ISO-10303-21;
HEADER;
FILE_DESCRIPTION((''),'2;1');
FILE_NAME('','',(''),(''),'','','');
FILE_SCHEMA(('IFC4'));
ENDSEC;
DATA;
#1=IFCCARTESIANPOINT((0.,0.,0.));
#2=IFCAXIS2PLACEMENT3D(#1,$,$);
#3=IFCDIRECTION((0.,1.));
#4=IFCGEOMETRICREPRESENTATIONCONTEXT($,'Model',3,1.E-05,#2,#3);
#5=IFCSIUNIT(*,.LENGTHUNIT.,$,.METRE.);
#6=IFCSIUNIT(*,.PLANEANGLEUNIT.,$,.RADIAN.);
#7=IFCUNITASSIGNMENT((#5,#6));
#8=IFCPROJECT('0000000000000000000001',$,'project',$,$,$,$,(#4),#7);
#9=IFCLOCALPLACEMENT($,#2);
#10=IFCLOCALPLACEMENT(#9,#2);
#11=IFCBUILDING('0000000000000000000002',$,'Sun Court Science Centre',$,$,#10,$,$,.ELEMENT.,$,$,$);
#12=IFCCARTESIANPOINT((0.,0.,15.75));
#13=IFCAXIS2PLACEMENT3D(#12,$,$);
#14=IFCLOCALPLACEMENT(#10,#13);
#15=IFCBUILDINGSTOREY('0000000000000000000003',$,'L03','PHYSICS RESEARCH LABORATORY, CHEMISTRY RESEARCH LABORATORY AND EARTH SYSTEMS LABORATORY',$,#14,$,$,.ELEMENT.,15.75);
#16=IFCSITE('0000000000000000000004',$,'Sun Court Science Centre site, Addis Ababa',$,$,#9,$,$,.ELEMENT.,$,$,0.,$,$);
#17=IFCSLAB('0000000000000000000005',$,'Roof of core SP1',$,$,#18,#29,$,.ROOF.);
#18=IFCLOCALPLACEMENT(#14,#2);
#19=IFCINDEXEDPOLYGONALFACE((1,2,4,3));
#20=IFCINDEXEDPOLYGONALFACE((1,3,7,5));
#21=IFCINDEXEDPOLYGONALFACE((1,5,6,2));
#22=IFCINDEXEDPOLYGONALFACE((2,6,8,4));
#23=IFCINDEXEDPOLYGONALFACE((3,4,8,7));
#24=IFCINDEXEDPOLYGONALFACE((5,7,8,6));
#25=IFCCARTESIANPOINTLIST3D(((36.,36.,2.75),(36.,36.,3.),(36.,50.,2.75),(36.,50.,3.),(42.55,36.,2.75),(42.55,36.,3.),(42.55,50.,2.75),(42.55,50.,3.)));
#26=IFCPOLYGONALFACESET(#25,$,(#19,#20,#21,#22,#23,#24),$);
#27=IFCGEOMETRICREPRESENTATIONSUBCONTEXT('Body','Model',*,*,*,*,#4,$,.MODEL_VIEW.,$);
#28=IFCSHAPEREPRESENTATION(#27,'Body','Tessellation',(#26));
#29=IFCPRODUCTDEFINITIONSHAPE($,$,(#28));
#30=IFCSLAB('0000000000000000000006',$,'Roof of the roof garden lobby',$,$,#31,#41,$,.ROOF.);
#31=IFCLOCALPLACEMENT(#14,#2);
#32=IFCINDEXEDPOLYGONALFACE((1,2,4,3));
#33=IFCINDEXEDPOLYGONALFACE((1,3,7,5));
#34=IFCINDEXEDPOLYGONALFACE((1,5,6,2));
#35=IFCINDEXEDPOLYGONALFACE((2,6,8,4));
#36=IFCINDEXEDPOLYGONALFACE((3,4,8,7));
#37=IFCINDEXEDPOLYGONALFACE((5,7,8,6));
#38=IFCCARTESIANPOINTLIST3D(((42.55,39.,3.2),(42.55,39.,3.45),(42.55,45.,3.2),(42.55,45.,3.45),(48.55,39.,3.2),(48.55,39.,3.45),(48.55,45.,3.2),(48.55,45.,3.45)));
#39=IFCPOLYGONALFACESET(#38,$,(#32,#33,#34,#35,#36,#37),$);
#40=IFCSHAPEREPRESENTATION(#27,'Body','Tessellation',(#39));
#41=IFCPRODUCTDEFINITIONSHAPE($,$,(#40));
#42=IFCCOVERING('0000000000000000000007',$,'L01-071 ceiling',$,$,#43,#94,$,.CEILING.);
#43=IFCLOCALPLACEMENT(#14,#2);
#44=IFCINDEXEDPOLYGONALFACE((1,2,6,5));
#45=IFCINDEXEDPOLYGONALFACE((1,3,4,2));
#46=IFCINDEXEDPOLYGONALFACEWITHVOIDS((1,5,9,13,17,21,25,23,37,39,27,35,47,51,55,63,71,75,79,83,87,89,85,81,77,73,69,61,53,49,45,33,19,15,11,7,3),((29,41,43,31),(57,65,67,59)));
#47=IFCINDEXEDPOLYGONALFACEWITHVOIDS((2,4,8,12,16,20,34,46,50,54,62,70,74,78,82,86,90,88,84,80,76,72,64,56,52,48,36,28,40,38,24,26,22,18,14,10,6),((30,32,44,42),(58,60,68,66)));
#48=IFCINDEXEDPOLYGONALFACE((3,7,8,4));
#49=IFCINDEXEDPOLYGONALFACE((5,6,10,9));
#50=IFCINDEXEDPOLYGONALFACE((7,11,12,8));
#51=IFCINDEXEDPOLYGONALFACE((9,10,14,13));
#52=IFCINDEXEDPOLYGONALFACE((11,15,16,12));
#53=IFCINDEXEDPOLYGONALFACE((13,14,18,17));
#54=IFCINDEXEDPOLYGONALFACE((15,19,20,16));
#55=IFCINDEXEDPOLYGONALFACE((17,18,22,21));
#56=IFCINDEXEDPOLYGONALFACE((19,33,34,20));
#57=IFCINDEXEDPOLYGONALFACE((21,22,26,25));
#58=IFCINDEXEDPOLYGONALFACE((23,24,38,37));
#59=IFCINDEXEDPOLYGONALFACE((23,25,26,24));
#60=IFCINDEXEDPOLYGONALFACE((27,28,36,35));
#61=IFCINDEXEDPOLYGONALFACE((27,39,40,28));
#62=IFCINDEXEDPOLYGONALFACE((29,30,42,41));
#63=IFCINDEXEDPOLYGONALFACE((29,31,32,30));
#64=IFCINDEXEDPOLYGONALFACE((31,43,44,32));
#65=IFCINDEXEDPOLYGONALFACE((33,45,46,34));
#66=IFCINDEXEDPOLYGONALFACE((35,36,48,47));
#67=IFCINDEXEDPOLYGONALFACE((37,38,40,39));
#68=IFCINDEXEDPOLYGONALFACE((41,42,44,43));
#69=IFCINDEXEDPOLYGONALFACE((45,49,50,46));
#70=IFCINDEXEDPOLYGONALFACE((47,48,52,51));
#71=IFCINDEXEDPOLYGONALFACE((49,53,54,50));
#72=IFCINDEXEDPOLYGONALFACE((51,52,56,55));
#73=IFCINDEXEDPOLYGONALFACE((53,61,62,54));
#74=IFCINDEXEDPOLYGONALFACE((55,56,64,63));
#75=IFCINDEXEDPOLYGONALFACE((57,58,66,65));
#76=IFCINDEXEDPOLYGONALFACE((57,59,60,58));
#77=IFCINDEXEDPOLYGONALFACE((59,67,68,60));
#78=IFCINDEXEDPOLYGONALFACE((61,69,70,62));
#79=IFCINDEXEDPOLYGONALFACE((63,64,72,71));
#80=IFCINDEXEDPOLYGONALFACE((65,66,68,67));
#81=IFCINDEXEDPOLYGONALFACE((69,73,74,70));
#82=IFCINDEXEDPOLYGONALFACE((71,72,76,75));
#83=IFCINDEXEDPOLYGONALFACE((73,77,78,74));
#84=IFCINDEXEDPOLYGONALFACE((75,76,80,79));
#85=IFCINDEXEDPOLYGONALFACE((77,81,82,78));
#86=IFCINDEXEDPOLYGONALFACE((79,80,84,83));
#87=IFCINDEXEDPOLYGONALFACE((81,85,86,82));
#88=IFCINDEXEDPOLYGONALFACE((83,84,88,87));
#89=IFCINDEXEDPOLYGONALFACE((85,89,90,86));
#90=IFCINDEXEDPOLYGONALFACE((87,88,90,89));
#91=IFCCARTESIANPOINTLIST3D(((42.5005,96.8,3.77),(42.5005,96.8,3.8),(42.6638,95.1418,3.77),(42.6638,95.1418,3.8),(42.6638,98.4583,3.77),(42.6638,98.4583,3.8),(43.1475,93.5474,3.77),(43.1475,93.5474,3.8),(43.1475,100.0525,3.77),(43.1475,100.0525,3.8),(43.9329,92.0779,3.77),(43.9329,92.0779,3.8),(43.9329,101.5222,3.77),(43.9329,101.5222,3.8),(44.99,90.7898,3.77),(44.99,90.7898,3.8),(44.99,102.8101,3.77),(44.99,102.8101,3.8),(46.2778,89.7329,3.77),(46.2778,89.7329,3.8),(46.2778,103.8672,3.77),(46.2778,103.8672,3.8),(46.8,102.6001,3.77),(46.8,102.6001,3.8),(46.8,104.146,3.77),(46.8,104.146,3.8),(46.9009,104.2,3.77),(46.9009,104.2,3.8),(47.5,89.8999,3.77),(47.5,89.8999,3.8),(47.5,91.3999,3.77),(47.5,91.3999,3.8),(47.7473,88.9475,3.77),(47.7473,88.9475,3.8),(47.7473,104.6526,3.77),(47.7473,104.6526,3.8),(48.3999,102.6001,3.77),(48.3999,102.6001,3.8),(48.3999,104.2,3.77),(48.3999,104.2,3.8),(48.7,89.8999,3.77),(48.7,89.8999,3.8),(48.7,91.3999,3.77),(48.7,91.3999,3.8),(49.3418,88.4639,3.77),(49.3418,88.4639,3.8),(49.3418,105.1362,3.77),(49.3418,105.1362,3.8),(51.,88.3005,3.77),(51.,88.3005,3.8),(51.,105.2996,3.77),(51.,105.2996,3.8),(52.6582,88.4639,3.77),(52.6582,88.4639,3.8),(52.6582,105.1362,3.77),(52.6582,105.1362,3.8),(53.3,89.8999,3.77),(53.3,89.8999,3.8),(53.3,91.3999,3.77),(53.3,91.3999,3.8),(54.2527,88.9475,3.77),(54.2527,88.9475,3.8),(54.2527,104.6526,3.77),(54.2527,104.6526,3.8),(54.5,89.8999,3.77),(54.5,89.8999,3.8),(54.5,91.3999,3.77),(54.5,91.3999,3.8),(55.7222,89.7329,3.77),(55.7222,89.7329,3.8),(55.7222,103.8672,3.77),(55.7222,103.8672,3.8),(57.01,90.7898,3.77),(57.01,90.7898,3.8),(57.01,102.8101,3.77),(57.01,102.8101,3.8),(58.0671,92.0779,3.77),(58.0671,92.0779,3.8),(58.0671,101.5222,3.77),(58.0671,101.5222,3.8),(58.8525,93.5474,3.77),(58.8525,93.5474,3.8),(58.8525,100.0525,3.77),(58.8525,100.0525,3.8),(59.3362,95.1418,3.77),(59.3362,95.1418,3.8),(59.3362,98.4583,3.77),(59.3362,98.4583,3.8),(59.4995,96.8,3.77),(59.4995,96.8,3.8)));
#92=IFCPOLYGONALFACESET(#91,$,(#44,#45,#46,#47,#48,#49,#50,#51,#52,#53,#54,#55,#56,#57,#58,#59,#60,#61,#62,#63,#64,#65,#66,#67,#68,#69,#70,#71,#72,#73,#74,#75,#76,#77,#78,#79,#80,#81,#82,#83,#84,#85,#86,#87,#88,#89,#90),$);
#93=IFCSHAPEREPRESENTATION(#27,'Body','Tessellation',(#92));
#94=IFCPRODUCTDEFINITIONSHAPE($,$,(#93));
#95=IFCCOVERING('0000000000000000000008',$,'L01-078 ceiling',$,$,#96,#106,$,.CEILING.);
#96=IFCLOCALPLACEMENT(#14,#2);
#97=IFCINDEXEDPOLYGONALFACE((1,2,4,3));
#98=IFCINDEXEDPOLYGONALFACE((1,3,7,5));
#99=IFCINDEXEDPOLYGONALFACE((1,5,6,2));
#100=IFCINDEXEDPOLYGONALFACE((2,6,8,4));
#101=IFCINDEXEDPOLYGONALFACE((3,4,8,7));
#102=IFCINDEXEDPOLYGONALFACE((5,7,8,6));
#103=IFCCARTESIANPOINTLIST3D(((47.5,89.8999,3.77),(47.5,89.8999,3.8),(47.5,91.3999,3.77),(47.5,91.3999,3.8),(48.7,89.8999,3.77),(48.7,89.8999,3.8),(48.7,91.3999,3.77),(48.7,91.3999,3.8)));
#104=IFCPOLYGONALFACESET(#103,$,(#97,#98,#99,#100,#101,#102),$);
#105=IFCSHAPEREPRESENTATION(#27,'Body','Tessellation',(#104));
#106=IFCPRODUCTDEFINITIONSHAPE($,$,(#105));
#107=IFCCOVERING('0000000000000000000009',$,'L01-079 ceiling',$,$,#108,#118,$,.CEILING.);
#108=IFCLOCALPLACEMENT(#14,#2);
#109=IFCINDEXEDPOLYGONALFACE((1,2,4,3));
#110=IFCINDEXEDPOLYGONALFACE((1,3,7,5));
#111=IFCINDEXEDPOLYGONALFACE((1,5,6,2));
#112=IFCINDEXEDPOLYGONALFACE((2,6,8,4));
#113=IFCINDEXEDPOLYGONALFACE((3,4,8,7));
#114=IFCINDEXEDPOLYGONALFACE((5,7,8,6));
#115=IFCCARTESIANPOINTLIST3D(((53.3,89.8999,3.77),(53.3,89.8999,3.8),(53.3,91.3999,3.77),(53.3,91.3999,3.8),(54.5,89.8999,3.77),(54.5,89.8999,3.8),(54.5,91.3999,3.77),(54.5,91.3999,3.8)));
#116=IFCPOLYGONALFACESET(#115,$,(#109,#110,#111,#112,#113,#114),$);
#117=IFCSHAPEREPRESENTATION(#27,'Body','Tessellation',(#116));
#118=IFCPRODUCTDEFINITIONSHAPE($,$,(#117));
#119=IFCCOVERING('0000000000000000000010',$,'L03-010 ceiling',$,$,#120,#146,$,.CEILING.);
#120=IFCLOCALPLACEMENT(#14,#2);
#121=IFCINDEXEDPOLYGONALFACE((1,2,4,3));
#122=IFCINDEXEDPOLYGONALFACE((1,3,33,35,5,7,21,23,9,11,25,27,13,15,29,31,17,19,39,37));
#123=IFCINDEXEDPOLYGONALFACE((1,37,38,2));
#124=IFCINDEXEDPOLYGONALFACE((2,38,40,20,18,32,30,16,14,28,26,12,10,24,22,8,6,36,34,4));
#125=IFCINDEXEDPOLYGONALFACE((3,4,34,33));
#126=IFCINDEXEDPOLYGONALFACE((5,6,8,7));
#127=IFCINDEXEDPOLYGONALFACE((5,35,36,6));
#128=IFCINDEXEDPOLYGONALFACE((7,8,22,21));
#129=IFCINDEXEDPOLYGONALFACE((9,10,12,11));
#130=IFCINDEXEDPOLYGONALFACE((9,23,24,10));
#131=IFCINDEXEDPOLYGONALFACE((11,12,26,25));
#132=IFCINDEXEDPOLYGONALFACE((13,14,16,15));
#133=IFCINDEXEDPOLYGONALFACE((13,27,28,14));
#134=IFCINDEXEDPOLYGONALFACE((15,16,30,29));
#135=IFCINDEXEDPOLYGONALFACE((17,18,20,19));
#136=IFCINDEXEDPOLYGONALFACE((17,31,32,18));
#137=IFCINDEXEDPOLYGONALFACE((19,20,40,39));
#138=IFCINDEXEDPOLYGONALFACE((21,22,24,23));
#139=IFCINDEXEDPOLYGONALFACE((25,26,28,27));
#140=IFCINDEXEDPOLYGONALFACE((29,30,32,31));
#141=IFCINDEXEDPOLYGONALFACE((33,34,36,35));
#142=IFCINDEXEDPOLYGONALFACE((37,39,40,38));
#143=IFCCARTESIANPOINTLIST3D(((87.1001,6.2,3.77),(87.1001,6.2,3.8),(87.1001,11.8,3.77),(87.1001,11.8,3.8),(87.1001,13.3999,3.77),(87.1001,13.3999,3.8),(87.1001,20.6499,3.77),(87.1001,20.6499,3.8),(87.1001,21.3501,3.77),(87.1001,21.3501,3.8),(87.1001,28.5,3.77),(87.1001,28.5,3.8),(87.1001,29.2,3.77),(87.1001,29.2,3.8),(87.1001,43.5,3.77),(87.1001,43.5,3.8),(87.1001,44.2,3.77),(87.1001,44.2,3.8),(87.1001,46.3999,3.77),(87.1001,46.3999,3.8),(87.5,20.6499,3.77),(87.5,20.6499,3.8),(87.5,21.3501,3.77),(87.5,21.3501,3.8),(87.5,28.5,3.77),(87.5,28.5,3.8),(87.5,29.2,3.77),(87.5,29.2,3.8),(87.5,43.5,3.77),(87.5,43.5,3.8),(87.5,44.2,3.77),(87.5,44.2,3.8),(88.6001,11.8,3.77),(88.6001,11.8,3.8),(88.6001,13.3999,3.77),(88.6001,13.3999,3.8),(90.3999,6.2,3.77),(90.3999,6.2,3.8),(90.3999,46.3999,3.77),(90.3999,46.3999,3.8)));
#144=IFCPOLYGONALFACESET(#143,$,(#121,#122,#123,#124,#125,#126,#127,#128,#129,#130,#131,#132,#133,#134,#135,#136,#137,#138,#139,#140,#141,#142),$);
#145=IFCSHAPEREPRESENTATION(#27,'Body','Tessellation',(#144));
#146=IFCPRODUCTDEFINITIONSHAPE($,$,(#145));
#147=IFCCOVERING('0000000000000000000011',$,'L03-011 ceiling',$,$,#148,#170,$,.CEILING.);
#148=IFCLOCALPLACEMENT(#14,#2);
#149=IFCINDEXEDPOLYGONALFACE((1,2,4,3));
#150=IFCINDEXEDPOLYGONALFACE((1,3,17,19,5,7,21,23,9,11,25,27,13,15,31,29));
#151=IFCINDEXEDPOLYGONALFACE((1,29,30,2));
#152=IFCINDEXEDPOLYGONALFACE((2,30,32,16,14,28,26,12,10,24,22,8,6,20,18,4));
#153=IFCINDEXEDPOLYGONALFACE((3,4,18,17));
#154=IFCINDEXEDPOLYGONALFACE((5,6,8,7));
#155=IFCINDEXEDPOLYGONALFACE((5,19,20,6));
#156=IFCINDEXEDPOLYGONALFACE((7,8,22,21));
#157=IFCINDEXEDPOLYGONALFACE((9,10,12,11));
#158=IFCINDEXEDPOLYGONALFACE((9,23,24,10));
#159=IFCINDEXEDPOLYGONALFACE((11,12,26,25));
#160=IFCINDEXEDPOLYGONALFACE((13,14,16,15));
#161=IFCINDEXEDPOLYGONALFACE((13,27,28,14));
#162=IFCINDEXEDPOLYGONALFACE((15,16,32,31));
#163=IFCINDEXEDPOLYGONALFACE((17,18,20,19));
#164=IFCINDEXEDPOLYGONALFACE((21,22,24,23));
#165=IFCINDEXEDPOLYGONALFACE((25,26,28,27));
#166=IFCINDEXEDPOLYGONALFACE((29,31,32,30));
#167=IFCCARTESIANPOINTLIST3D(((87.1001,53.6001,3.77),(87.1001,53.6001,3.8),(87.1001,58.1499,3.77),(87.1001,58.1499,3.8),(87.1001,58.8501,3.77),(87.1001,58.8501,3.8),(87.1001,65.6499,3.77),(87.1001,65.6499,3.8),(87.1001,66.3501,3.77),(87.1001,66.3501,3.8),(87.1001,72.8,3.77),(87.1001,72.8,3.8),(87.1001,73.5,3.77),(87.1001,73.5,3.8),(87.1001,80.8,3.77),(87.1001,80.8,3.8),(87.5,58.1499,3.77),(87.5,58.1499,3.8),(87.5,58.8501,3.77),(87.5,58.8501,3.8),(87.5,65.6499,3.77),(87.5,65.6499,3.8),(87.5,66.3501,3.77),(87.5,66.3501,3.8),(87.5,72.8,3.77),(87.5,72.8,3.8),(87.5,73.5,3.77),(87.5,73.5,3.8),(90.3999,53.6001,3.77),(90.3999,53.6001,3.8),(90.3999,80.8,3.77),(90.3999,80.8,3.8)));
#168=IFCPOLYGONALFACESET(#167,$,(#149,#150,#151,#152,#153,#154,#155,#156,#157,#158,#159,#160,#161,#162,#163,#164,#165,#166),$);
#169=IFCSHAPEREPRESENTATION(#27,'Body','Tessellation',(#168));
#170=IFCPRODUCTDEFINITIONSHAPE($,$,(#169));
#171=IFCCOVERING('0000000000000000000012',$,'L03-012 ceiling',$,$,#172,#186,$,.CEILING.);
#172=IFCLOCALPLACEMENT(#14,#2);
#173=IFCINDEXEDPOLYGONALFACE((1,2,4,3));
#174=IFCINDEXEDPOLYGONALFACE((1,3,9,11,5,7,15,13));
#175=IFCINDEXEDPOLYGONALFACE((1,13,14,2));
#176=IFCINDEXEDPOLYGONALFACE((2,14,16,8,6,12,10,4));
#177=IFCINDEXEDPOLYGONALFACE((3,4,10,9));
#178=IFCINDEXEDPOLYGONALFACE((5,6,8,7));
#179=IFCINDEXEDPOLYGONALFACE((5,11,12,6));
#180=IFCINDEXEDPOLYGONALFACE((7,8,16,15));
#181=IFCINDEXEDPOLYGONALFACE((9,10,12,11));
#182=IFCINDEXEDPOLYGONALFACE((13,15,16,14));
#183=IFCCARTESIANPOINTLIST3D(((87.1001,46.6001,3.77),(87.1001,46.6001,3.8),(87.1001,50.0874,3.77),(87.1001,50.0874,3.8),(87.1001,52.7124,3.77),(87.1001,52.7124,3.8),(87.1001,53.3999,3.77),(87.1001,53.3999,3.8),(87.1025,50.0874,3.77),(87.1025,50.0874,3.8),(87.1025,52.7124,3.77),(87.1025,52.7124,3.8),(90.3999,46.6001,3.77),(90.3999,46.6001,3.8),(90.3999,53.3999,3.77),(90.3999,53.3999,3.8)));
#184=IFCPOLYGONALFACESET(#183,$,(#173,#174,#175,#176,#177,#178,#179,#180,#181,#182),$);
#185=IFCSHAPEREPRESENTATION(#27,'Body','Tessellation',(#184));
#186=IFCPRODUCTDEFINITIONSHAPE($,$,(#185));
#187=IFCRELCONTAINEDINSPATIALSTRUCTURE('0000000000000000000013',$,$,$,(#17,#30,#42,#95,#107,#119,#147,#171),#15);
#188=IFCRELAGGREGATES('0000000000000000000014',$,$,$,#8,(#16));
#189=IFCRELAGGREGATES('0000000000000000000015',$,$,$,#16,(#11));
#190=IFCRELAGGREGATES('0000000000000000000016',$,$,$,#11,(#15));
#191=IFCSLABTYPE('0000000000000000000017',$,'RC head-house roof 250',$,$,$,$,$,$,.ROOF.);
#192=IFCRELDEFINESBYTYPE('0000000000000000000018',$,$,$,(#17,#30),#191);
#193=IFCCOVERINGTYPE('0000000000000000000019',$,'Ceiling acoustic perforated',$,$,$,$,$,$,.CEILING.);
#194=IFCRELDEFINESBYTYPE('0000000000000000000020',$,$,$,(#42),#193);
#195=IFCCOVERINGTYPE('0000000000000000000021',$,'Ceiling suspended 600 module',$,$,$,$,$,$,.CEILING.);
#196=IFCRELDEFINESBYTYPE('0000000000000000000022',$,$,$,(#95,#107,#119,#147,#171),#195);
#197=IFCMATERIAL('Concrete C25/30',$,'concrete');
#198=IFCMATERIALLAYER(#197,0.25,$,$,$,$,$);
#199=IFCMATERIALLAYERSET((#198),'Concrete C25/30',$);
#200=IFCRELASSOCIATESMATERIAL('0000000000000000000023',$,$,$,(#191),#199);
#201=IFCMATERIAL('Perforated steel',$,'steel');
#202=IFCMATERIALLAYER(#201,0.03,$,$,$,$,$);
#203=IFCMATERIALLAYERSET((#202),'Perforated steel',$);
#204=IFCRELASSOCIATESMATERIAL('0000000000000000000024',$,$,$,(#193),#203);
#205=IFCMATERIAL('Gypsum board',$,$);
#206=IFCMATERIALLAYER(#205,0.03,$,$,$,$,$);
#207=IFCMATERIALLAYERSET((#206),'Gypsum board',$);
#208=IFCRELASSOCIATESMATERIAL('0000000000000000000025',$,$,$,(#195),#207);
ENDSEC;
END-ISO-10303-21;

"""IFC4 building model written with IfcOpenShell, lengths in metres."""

from ifc_helpers import new_model, si_unit, direction, frame, origin, place, context, subcontext, project, spatial, polyline, outline, extrude, material, layer, layer_set, type_object, element, save


model = new_model("IFC4")

# Units and contexts
model_context = context("Model", 3, precision=1e-05, world=origin(), true_north=direction((0.0, 1.0)))
body_context = subcontext(model_context, "Body", "Model", "MODEL_VIEW")
ifc_project = project(units=[si_unit("LENGTHUNIT", "METRE"), si_unit("PLANEANGLEUNIT", "RADIAN")], contexts=[model_context])

# Site, building, storey
site_placement = place(None, origin())
site = spatial("IfcSite", under=ifc_project, at=site_placement, Name="Sun Court Science Centre site, Addis Ababa", CompositionType="ELEMENT", RefElevation=0.0)
building_placement = place(site_placement, origin())
building = spatial("IfcBuilding", under=site, at=building_placement, Name="Sun Court Science Centre", CompositionType="ELEMENT")
storey_placement = place(building_placement, frame((0.0, 0.0, 15.75)))
storey = spatial("IfcBuildingStorey", under=building, at=storey_placement, Name="L03", Description="PHYSICS RESEARCH LABORATORY, CHEMISTRY RESEARCH LABORATORY AND EARTH SYSTEMS LABORATORY", CompositionType="ELEMENT", Elevation=15.75)

# Slabs
ifc_material_1 = material(Name="Concrete C25/30", Category="concrete")
ifc_layer_1 = layer(ifc_material_1, 0.25)
ifc_layer_set_1 = layer_set([ifc_layer_1], Name="Concrete C25/30")
slab_type = type_object("IfcSlabType", Name="RC head-house roof 250", PredefinedType="ROOF", material=ifc_layer_set_1)
slab_1_placement = place(storey_placement, frame((0.0, 0.0, 2.75)))
element("IfcSlab", 1, at=slab_1_placement, inside=storey, type_object=slab_type, Name="Roof of core SP1", PredefinedType="ROOF", context=body_context, shape_type="SweptSolid", body=[
    extrude(outline(polyline([(36.0, 36.0), (42.55, 36.0), (42.55, 50.0), (36.0, 50.0), (36.0, 36.0)])), origin(), (0.0, 0.0, 1.0), 0.25),
])
slab_2_placement = place(storey_placement, frame((0.0, 0.0, 3.2)))
element("IfcSlab", 2, at=slab_2_placement, inside=storey, type_object=slab_type, Name="Roof of the roof garden lobby", PredefinedType="ROOF", context=body_context, shape_type="SweptSolid", body=[
    extrude(outline(polyline([(48.55, 39.0), (48.55, 45.0), (42.55, 45.0), (42.55, 39.0), (48.55, 39.0)])), origin(), (0.0, 0.0, 1.0), 0.25),
])

# Coverings
ifc_material_2 = material(Name="Perforated steel", Category="steel")
ifc_layer_2 = layer(ifc_material_2, 0.03)
ifc_layer_set_2 = layer_set([ifc_layer_2], Name="Perforated steel")
covering_type_1 = type_object("IfcCoveringType", Name="Ceiling acoustic perforated", PredefinedType="CEILING", material=ifc_layer_set_2)
covering_1_placement = place(storey_placement, frame((0.0, 0.0, 3.77)))
element("IfcCovering", 3, at=covering_1_placement, inside=storey, type_object=covering_type_1, Name="L01-071 ceiling", PredefinedType="CEILING", context=body_context, shape_type="SweptSolid", body=[
    extrude(outline(polyline([(49.3418, 105.1362), (51.0, 105.2996), (52.6582, 105.1362), (54.2527, 104.6526), (55.7222, 103.8672), (57.01, 102.8101), (58.0671, 101.5222), (58.8525, 100.0525), (59.3362, 98.4583), (59.4995, 96.8), (59.3362, 95.1418), (58.8525, 93.5474), (58.0671, 92.0779), (57.01, 90.7898), (55.7222, 89.7329), (54.2527, 88.9475), (52.6582, 88.4639), (51.0, 88.3005), (49.3418, 88.4639), (47.7473, 88.9475), (46.2778, 89.7329), (44.99, 90.7898), (43.9329, 92.0779), (43.1475, 93.5474), (42.6638, 95.1418), (42.5005, 96.8), (42.6638, 98.4583), (43.1475, 100.0525), (43.9329, 101.5222), (44.99, 102.8101), (46.2778, 103.8672), (46.8, 104.146), (46.8, 102.6001), (48.3999, 102.6001), (48.3999, 104.2), (46.9009, 104.2), (47.7473, 104.6526), (49.3418, 105.1362)]), holes=[polyline([(53.3, 91.3999), (53.3, 89.8999), (54.5, 89.8999), (54.5, 91.3999), (53.3, 91.3999)]), polyline([(47.5, 91.3999), (47.5, 89.8999), (48.7, 89.8999), (48.7, 91.3999), (47.5, 91.3999)])]), origin(), (0.0, 0.0, 1.0), 0.03),
])
ifc_material_3 = material(Name="Gypsum board")
ifc_layer_3 = layer(ifc_material_3, 0.03)
ifc_layer_set_3 = layer_set([ifc_layer_3], Name="Gypsum board")
covering_type_2 = type_object("IfcCoveringType", Name="Ceiling suspended 600 module", PredefinedType="CEILING", material=ifc_layer_set_3)
covering_2_placement = place(storey_placement, frame((0.0, 0.0, 3.77)))
element("IfcCovering", 4, at=covering_2_placement, inside=storey, type_object=covering_type_2, Name="L01-078 ceiling", PredefinedType="CEILING", context=body_context, shape_type="SweptSolid", body=[
    extrude(outline(polyline([(48.7, 91.3999), (48.7, 89.8999), (47.5, 89.8999), (47.5, 91.3999), (48.7, 91.3999)])), origin(), (0.0, 0.0, 1.0), 0.03),
])
covering_3_placement = place(storey_placement, frame((0.0, 0.0, 3.77)))
element("IfcCovering", 5, at=covering_3_placement, inside=storey, type_object=covering_type_2, Name="L01-079 ceiling", PredefinedType="CEILING", context=body_context, shape_type="SweptSolid", body=[
    extrude(outline(polyline([(54.5, 91.3999), (54.5, 89.8999), (53.3, 89.8999), (53.3, 91.3999), (54.5, 91.3999)])), origin(), (0.0, 0.0, 1.0), 0.03),
])
covering_4_placement = place(storey_placement, frame((0.0, 0.0, 3.77)))
element("IfcCovering", 6, at=covering_4_placement, inside=storey, type_object=covering_type_2, Name="L03-010 ceiling", PredefinedType="CEILING", context=body_context, shape_type="SweptSolid", body=[
    extrude(outline(polyline([(87.1001, 6.2), (87.1001, 11.8), (88.6001, 11.8), (88.6001, 13.3999), (87.1001, 13.3999), (87.1001, 20.6499), (87.5, 20.6499), (87.5, 21.3501), (87.1001, 21.3501), (87.1001, 28.5), (87.5, 28.5), (87.5, 29.2), (87.1001, 29.2), (87.1001, 43.5), (87.5, 43.5), (87.5, 44.2), (87.1001, 44.2), (87.1001, 46.3999), (90.3999, 46.3999), (90.3999, 6.2), (87.1001, 6.2)])), origin(), (0.0, 0.0, 1.0), 0.03),
])
covering_5_placement = place(storey_placement, frame((0.0, 0.0, 3.77)))
element("IfcCovering", 7, at=covering_5_placement, inside=storey, type_object=covering_type_2, Name="L03-011 ceiling", PredefinedType="CEILING", context=body_context, shape_type="SweptSolid", body=[
    extrude(outline(polyline([(90.3999, 80.8), (90.3999, 53.6001), (87.1001, 53.6001), (87.1001, 58.1499), (87.5, 58.1499), (87.5, 58.8501), (87.1001, 58.8501), (87.1001, 65.6499), (87.5, 65.6499), (87.5, 66.3501), (87.1001, 66.3501), (87.1001, 72.8), (87.5, 72.8), (87.5, 73.5), (87.1001, 73.5), (87.1001, 80.8), (90.3999, 80.8)])), origin(), (0.0, 0.0, 1.0), 0.03),
])
covering_6_placement = place(storey_placement, frame((0.0, 0.0, 3.77)))
element("IfcCovering", 8, at=covering_6_placement, inside=storey, type_object=covering_type_2, Name="L03-012 ceiling", PredefinedType="CEILING", context=body_context, shape_type="SweptSolid", body=[
    extrude(outline(polyline([(87.1001, 53.3999), (90.3999, 53.3999), (90.3999, 46.6001), (87.1001, 46.6001), (87.1001, 50.0874), (87.1025, 50.0874), (87.1025, 52.7124), (87.1001, 52.7124), (87.1001, 53.3999)])), origin(), (0.0, 0.0, 1.0), 0.03),
])

save(model, "model.ifc")
